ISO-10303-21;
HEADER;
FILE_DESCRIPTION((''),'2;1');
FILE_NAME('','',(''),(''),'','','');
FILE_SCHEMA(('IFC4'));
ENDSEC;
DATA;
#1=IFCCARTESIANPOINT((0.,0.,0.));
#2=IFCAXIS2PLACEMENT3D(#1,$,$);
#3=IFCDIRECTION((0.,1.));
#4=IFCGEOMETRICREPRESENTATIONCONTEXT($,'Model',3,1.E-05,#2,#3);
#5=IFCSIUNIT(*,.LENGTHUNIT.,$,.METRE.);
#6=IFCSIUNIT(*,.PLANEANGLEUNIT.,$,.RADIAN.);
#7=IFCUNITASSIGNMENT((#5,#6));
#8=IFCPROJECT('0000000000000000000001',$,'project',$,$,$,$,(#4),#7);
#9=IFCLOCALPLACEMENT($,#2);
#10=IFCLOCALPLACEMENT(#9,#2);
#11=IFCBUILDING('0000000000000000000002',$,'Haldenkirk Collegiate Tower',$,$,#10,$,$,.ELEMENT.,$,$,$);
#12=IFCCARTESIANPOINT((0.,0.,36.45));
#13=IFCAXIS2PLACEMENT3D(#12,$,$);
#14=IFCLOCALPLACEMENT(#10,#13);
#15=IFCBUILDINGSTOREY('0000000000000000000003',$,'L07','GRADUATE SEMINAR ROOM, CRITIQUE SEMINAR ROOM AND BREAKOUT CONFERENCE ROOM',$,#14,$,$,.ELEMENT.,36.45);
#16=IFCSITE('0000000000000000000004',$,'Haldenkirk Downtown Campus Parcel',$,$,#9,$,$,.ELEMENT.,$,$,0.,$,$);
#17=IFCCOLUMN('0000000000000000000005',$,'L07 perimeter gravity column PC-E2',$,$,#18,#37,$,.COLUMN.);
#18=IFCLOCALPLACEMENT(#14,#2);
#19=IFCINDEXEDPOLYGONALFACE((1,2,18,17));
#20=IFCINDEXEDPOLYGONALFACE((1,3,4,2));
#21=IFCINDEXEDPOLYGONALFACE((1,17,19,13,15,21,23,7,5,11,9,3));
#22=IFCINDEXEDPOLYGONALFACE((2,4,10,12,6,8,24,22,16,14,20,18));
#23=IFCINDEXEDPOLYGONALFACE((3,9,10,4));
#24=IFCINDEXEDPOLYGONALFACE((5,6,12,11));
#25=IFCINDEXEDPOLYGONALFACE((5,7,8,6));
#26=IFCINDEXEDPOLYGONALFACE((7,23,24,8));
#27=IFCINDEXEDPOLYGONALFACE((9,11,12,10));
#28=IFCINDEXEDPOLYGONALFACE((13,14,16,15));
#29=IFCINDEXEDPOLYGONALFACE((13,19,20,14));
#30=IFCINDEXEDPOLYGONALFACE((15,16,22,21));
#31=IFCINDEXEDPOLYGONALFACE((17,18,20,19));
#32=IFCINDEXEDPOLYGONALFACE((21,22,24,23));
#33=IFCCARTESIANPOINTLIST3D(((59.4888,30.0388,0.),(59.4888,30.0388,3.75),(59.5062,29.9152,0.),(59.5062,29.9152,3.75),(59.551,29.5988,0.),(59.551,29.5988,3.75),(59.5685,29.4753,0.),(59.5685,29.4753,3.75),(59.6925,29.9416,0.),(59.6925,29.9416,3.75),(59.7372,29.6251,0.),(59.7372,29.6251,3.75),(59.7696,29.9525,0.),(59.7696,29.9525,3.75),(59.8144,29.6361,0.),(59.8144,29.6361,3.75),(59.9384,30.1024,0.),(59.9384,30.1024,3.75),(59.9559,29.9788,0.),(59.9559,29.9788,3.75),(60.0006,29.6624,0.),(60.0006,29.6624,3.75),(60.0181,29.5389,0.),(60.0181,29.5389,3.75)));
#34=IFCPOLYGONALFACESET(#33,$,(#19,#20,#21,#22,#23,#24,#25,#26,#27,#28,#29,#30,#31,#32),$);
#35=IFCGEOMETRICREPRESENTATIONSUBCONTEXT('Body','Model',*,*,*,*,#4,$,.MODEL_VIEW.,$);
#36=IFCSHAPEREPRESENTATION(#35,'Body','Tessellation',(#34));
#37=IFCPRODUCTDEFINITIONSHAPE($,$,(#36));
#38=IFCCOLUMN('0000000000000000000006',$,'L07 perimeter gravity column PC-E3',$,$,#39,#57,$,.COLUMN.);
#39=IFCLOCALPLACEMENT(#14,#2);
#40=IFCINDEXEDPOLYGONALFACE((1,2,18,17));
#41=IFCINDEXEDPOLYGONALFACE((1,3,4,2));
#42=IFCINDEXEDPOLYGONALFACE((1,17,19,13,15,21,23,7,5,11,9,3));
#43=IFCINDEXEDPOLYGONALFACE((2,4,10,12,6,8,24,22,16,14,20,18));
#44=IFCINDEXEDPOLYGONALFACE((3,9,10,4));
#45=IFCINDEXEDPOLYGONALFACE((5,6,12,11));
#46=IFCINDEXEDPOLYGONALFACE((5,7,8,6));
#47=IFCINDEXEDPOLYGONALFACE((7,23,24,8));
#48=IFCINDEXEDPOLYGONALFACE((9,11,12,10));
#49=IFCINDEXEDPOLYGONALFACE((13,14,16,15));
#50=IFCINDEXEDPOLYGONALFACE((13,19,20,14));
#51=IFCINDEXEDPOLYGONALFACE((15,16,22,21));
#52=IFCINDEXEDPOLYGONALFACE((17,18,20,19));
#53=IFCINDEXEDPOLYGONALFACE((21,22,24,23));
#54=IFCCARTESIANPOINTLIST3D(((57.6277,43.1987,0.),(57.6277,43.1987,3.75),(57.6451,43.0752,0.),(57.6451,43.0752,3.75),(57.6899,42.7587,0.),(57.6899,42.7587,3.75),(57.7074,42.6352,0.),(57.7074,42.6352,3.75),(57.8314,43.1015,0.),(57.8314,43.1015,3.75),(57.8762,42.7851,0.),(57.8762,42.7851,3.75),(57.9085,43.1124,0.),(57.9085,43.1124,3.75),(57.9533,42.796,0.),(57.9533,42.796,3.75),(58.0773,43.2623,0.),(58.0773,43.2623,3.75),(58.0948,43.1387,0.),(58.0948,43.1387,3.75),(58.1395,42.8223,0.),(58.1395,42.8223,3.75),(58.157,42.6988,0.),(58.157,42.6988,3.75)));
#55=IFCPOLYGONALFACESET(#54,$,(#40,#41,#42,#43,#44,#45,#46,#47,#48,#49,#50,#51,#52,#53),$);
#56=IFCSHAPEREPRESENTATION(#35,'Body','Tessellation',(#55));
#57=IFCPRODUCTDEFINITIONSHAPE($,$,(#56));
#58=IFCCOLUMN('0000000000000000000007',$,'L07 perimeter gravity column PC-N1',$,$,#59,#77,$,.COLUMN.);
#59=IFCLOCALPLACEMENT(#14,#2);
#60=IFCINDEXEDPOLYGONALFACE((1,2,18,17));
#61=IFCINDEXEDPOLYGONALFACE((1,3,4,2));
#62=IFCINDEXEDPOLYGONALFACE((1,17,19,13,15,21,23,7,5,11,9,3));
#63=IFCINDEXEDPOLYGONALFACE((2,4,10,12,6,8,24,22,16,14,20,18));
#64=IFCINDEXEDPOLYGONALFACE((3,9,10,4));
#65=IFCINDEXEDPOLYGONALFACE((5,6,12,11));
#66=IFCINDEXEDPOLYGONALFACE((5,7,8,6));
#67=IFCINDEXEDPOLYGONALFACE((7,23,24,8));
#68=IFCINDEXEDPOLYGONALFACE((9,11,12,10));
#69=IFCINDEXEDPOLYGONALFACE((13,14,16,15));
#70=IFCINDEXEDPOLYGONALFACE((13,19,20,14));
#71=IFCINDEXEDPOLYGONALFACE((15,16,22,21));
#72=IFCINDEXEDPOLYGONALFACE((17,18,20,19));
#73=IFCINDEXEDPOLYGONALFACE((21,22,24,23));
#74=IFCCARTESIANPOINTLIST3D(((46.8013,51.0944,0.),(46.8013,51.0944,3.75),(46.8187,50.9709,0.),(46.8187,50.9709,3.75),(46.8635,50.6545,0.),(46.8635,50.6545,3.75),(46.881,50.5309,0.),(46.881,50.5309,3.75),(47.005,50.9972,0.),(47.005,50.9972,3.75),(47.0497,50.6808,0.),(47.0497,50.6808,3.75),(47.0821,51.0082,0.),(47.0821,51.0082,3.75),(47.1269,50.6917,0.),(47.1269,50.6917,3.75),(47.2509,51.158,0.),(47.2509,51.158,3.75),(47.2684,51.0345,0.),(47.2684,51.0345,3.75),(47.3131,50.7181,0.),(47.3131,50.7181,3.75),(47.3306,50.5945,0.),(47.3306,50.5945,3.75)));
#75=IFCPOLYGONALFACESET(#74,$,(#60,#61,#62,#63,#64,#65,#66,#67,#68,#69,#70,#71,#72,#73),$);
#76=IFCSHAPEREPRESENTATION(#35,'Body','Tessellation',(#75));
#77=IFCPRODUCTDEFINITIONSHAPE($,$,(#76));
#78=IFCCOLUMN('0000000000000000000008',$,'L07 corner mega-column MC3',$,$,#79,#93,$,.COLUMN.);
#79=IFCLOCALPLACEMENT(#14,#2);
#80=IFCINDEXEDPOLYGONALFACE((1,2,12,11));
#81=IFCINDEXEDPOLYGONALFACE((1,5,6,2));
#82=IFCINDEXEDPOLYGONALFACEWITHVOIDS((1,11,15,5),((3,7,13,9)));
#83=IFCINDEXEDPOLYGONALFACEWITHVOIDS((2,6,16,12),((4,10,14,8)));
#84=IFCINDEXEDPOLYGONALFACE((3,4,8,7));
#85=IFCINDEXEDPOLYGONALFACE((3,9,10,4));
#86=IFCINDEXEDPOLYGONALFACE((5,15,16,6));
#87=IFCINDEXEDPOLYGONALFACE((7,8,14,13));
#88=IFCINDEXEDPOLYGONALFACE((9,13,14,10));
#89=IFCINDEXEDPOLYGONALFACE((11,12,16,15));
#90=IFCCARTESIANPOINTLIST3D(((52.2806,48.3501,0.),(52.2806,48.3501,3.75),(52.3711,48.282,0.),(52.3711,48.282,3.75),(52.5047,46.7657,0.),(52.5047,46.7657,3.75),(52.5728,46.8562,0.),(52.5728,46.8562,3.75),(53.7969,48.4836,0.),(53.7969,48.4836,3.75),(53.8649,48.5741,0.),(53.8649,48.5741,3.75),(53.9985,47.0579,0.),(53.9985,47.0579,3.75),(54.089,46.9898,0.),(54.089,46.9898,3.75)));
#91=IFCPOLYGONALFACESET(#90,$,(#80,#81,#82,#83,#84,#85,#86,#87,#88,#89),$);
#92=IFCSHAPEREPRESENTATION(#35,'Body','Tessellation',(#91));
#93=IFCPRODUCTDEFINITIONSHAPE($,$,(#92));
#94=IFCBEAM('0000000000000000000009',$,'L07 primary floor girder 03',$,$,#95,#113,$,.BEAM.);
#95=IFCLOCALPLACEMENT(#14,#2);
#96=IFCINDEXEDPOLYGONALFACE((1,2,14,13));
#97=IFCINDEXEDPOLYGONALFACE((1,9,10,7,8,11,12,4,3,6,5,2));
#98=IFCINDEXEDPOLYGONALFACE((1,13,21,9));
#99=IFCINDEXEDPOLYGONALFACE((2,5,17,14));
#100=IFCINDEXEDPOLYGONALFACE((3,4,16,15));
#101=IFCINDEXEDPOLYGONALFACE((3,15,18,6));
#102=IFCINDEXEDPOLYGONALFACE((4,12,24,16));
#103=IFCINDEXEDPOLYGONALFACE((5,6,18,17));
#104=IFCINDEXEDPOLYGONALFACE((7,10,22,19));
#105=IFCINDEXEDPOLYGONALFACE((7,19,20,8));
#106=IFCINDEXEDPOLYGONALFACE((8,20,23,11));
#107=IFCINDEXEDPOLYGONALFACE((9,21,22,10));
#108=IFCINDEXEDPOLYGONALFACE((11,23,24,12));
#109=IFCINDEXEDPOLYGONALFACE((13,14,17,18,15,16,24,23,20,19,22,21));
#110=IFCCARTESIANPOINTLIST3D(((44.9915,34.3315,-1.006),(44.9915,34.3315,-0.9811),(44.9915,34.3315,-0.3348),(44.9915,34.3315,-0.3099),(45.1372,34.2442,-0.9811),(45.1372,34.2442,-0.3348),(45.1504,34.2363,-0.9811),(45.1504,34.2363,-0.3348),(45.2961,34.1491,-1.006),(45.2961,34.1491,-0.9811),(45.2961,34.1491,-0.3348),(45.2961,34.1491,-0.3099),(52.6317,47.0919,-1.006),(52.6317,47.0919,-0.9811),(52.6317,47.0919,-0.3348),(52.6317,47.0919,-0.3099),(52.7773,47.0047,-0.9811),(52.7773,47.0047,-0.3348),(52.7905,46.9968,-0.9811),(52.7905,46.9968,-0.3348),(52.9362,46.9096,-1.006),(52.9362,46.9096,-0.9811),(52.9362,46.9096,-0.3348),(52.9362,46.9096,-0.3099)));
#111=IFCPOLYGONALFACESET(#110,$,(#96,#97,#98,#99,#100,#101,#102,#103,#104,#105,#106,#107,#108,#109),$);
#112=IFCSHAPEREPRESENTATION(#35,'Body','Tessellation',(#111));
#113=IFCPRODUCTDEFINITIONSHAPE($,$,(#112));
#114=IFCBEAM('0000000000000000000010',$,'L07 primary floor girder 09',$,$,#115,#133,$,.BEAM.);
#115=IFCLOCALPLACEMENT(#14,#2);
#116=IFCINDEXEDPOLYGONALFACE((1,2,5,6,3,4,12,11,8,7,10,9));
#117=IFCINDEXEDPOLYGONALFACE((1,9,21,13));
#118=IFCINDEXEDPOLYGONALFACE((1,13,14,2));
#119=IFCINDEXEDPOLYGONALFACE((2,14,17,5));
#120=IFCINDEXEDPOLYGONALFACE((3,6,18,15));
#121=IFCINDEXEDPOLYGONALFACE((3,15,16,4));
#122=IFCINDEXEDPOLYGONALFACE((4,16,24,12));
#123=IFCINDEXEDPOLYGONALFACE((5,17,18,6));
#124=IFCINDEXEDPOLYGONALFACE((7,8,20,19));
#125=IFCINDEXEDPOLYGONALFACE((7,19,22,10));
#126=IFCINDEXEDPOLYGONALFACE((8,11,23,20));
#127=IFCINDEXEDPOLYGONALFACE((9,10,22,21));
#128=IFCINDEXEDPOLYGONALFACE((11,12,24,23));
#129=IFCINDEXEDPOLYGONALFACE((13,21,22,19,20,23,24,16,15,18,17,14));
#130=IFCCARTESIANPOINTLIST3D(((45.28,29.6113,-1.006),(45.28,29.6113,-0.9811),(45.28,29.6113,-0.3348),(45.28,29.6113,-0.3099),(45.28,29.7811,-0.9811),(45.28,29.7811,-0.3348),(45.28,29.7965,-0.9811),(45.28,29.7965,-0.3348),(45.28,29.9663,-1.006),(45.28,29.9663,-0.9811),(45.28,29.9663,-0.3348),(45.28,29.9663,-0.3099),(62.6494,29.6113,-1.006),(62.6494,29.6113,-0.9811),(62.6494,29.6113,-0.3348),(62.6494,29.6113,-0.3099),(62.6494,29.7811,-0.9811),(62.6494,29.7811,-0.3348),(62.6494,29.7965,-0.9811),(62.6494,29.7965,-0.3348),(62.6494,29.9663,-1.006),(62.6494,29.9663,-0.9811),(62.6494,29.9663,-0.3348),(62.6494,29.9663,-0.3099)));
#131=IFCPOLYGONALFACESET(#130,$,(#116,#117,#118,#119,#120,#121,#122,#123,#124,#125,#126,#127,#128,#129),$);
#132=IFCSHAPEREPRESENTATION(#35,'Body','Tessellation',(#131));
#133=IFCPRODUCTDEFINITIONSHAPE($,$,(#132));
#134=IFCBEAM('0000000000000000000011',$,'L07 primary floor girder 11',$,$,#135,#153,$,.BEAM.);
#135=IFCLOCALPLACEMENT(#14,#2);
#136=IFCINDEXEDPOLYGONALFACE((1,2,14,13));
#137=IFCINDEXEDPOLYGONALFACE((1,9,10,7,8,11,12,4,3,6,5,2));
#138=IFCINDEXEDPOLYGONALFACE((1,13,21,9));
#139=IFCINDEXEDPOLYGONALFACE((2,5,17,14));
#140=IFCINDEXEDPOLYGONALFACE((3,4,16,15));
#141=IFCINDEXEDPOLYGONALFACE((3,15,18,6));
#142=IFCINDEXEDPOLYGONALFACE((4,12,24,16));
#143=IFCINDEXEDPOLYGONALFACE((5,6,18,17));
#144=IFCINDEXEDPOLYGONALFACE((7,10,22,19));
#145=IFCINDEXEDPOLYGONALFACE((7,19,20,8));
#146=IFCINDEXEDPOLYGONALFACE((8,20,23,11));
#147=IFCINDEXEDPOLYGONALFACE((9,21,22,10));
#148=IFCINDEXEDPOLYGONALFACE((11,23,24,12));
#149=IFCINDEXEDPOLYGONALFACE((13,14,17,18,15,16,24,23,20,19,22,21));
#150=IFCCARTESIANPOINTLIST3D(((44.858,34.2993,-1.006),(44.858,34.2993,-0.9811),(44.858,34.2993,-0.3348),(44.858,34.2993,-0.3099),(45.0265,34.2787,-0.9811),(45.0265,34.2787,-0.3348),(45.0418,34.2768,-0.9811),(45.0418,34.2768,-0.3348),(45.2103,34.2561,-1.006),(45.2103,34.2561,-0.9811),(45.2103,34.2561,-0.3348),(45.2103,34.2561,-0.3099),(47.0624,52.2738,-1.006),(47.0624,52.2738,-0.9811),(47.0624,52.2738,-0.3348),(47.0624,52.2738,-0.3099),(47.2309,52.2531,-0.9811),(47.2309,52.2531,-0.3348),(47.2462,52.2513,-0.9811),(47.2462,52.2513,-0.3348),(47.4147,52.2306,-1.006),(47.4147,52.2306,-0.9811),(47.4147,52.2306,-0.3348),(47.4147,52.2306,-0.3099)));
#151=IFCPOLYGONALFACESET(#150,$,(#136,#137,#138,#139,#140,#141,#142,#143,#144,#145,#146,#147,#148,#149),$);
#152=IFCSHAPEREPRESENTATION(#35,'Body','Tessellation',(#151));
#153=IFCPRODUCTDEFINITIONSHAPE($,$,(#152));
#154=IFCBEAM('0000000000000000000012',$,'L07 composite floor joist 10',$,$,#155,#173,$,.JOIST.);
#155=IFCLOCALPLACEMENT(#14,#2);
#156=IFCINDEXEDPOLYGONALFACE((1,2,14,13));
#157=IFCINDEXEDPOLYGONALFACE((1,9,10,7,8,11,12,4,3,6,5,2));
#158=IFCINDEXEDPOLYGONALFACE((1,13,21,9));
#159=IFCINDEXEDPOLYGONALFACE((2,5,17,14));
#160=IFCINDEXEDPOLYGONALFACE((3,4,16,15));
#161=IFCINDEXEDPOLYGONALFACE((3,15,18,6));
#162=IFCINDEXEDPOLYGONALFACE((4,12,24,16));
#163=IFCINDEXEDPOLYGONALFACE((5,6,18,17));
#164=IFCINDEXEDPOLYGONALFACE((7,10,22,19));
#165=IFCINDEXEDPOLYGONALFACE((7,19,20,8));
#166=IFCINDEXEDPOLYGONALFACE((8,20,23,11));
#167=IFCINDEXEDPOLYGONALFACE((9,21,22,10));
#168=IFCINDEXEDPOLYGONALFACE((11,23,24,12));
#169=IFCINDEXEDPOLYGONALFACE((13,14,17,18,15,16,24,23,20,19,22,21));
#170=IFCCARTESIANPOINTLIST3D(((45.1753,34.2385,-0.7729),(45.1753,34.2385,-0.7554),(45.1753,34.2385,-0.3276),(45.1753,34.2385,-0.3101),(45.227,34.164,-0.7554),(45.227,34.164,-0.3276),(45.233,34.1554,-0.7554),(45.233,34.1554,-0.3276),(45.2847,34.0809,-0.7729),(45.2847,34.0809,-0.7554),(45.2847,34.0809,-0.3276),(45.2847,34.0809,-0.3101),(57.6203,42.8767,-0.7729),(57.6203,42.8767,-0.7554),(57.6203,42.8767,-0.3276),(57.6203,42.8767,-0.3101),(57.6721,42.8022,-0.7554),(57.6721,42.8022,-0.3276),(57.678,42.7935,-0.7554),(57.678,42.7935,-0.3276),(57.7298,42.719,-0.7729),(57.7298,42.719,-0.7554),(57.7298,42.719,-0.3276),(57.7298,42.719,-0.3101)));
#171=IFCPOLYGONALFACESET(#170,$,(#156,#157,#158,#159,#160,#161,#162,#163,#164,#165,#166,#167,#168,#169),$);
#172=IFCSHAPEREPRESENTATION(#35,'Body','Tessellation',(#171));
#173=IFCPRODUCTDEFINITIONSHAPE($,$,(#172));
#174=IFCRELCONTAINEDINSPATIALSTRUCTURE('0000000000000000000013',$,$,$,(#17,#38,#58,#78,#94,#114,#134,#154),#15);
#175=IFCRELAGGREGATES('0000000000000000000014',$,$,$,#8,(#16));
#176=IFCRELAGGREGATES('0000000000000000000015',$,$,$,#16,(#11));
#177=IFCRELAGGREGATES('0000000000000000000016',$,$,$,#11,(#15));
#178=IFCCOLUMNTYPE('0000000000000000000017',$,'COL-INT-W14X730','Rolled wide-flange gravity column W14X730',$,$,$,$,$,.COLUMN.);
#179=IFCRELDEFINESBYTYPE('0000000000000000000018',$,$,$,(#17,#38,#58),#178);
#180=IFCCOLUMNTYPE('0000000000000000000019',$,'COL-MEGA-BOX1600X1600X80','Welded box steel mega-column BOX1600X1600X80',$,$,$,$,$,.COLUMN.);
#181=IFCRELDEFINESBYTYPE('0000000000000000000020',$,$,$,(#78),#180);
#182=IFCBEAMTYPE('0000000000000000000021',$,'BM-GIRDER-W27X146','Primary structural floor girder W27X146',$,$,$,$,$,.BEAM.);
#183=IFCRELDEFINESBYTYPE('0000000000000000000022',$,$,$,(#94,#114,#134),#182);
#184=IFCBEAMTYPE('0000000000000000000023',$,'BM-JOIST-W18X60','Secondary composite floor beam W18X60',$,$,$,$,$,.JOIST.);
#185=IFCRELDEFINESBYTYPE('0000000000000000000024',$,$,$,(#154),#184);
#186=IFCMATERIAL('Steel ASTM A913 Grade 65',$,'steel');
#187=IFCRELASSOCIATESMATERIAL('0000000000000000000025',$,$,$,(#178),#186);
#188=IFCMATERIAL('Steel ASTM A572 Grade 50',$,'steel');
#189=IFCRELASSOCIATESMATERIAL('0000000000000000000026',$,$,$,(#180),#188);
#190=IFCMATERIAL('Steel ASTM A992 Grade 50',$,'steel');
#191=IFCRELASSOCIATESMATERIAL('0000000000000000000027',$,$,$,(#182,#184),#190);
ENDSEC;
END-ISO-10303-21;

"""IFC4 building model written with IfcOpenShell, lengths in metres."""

from ifc_helpers import new_model, si_unit, direction, frame, origin, origin_2d, place, context, subcontext, project, spatial, hollow_rectangle, i_section, extrude, material, material_profile, profile_set, type_object, element, save


model = new_model("IFC4")

# Units and contexts
model_context = context("Model", 3, precision=1e-05, world=origin(), true_north=direction((0.0, 1.0)))
body_context = subcontext(model_context, "Body", "Model", "MODEL_VIEW")
ifc_project = project(units=[si_unit("LENGTHUNIT", "METRE"), si_unit("PLANEANGLEUNIT", "RADIAN")], contexts=[model_context])

# Site, building, storey
site_placement = place(None, origin())
site = spatial("IfcSite", under=ifc_project, at=site_placement, Name="Haldenkirk Downtown Campus Parcel", CompositionType="ELEMENT", RefElevation=0.0)
building_placement = place(site_placement, origin())
building = spatial("IfcBuilding", under=site, at=building_placement, Name="Haldenkirk Collegiate Tower", CompositionType="ELEMENT")
storey_placement = place(building_placement, frame((0.0, 0.0, 36.45)))
storey = spatial("IfcBuildingStorey", under=building, at=storey_placement, Name="L07", Description="GRADUATE SEMINAR ROOM, CRITIQUE SEMINAR ROOM AND BREAKOUT CONFERENCE ROOM", CompositionType="ELEMENT", Elevation=36.45)

# Columns
ifc_material_1 = material(Name="Steel ASTM A913 Grade 65", Category="steel")
ifc_material_profile_1 = material_profile(ifc_material_1, i_section(OverallWidth=0.4541, OverallDepth=0.5691, WebThickness=0.0779, FlangeThickness=0.1248, at=origin_2d()), Name="W14X730")
ifc_profile_set_1 = profile_set([ifc_material_profile_1], Name="Steel ASTM A913 Grade 65")
column_type_1 = type_object("IfcColumnType", Name="COL-INT-W14X730", Description="Rolled wide-flange gravity column W14X730", PredefinedType="COLUMN", material=ifc_profile_set_1)
for number, where, z_axis, x_axis, name in (
    (1, (59.7534, 29.7888, 0.0), (0.0, 0.0, 1.0), (0.990146, 0.140037, 0.0), "L07 perimeter gravity column PC-E2"),
    (2, (57.8923, 42.9487, 0.0), (0.0, 0.0, 1.0), (0.990146, 0.140037, 0.0), "L07 perimeter gravity column PC-E3"),
    (3, (47.0659, 50.8445, 0.0), (0.0, 0.0, 1.0), (0.990146, 0.140037, 0.0), "L07 perimeter gravity column PC-N1"),
):
    element("IfcColumn", number, at=place(storey_placement, frame(where, z_axis=z_axis, x_axis=x_axis)), inside=storey, type_object=column_type_1, Name=name, PredefinedType="COLUMN", context=body_context, shape_type="SweptSolid", body=[
        extrude(i_section(OverallWidth=0.4541, OverallDepth=0.5691, WebThickness=0.0779, FlangeThickness=0.1248, at=origin_2d()), origin(), (0.0, 0.0, 1.0), 3.75),
    ])
ifc_material_2 = material(Name="Steel ASTM A572 Grade 50", Category="steel")
ifc_material_profile_2 = material_profile(ifc_material_2, hollow_rectangle(XDim=1.6001, YDim=1.6001, WallThickness=0.0801, at=origin_2d()), Name="BOX1600X1600X80")
ifc_profile_set_2 = profile_set([ifc_material_profile_2], Name="Steel ASTM A572 Grade 50")
column_type_2 = type_object("IfcColumnType", Name="COL-MEGA-BOX1600X1600X80", Description="Welded box steel mega-column BOX1600X1600X80", PredefinedType="COLUMN", material=ifc_profile_set_2)
column_placement = place(storey_placement, frame((53.1848, 47.6699, 0.0), z_axis=(0.0, 0.0, 1.0), x_axis=(0.990146, 0.140037, 0.0)))
element("IfcColumn", 4, at=column_placement, inside=storey, type_object=column_type_2, Name="L07 corner mega-column MC3", PredefinedType="COLUMN", context=body_context, shape_type="SweptSolid", body=[
    extrude(hollow_rectangle(XDim=1.6001, YDim=1.6001, WallThickness=0.0801, at=origin_2d()), origin(), (0.0, 0.0, 1.0), 3.75),
])

# Beams
ifc_material_3 = material(Name="Steel ASTM A992 Grade 50", Category="steel")
ifc_material_profile_3 = material_profile(ifc_material_3, i_section(OverallWidth=0.355, OverallDepth=0.696, WebThickness=0.0154, FlangeThickness=0.0249, at=origin_2d()), Name="W27X146")
ifc_profile_set_3 = profile_set([ifc_material_profile_3], Name="Steel ASTM A992 Grade 50")
beam_type_1 = type_object("IfcBeamType", Name="BM-GIRDER-W27X146", Description="Primary structural floor girder W27X146", PredefinedType="BEAM", material=ifc_profile_set_3)
beam_1_placement = place(storey_placement, frame((52.7839, 47.0007, -0.658), z_axis=(-0.513696, -0.857972, 0.0), x_axis=(0.857972, -0.513696, 0.0)))
element("IfcBeam", 5, at=beam_1_placement, inside=storey, type_object=beam_type_1, Name="L07 primary floor girder 03", PredefinedType="BEAM", context=body_context, shape_type="SweptSolid", body=[
    extrude(i_section(OverallWidth=0.355, OverallDepth=0.696, WebThickness=0.0154, FlangeThickness=0.0249, at=origin_2d()), origin(), (0.0, 0.0, 1.0), 14.8728),
])
beam_2_placement = place(storey_placement, frame((62.6494, 29.7888, -0.658), z_axis=(-1.0, 0.0, 0.0), x_axis=(0.0, -1.0, 0.0)))
element("IfcBeam", 6, at=beam_2_placement, inside=storey, type_object=beam_type_1, Name="L07 primary floor girder 09", PredefinedType="BEAM", context=body_context, shape_type="SweptSolid", body=[
    extrude(i_section(OverallWidth=0.355, OverallDepth=0.696, WebThickness=0.0154, FlangeThickness=0.0249, at=origin_2d()), origin(), (0.0, 0.0, 1.0), 17.3694),
])
beam_3_placement = place(storey_placement, frame((47.2385, 52.2522, -0.658), z_axis=(-0.121726, -0.992564, 0.0), x_axis=(0.992564, -0.121726, 0.0)))
element("IfcBeam", 7, at=beam_3_placement, inside=storey, type_object=beam_type_1, Name="L07 primary floor girder 11", PredefinedType="BEAM", context=body_context, shape_type="SweptSolid", body=[
    extrude(i_section(OverallWidth=0.355, OverallDepth=0.696, WebThickness=0.0154, FlangeThickness=0.0249, at=origin_2d()), origin(), (0.0, 0.0, 1.0), 18.1091),
])
ifc_material_profile_4 = material_profile(ifc_material_3, i_section(OverallWidth=0.1919, OverallDepth=0.4629, WebThickness=0.0105, FlangeThickness=0.0176, at=origin_2d()), Name="W18X60")
ifc_profile_set_4 = profile_set([ifc_material_profile_4], Name="Steel ASTM A992 Grade 50")
beam_type_2 = type_object("IfcBeamType", Name="BM-JOIST-W18X60", Description="Secondary composite floor beam W18X60", PredefinedType="JOIST", material=ifc_profile_set_4)
beam_4_placement = place(storey_placement, frame((57.675, 42.7979, -0.5415), z_axis=(-0.821501, -0.570208, 0.0), x_axis=(0.570208, -0.821501, 0.0)))
element("IfcBeam", 8, at=beam_4_placement, inside=storey, type_object=beam_type_2, Name="L07 composite floor joist 10", PredefinedType="JOIST", context=body_context, shape_type="SweptSolid", body=[
    extrude(i_section(OverallWidth=0.1919, OverallDepth=0.4629, WebThickness=0.0105, FlangeThickness=0.0176, at=origin_2d()), origin(), (0.0, 0.0, 1.0), 15.1492),
])

save(model, "model.ifc")
